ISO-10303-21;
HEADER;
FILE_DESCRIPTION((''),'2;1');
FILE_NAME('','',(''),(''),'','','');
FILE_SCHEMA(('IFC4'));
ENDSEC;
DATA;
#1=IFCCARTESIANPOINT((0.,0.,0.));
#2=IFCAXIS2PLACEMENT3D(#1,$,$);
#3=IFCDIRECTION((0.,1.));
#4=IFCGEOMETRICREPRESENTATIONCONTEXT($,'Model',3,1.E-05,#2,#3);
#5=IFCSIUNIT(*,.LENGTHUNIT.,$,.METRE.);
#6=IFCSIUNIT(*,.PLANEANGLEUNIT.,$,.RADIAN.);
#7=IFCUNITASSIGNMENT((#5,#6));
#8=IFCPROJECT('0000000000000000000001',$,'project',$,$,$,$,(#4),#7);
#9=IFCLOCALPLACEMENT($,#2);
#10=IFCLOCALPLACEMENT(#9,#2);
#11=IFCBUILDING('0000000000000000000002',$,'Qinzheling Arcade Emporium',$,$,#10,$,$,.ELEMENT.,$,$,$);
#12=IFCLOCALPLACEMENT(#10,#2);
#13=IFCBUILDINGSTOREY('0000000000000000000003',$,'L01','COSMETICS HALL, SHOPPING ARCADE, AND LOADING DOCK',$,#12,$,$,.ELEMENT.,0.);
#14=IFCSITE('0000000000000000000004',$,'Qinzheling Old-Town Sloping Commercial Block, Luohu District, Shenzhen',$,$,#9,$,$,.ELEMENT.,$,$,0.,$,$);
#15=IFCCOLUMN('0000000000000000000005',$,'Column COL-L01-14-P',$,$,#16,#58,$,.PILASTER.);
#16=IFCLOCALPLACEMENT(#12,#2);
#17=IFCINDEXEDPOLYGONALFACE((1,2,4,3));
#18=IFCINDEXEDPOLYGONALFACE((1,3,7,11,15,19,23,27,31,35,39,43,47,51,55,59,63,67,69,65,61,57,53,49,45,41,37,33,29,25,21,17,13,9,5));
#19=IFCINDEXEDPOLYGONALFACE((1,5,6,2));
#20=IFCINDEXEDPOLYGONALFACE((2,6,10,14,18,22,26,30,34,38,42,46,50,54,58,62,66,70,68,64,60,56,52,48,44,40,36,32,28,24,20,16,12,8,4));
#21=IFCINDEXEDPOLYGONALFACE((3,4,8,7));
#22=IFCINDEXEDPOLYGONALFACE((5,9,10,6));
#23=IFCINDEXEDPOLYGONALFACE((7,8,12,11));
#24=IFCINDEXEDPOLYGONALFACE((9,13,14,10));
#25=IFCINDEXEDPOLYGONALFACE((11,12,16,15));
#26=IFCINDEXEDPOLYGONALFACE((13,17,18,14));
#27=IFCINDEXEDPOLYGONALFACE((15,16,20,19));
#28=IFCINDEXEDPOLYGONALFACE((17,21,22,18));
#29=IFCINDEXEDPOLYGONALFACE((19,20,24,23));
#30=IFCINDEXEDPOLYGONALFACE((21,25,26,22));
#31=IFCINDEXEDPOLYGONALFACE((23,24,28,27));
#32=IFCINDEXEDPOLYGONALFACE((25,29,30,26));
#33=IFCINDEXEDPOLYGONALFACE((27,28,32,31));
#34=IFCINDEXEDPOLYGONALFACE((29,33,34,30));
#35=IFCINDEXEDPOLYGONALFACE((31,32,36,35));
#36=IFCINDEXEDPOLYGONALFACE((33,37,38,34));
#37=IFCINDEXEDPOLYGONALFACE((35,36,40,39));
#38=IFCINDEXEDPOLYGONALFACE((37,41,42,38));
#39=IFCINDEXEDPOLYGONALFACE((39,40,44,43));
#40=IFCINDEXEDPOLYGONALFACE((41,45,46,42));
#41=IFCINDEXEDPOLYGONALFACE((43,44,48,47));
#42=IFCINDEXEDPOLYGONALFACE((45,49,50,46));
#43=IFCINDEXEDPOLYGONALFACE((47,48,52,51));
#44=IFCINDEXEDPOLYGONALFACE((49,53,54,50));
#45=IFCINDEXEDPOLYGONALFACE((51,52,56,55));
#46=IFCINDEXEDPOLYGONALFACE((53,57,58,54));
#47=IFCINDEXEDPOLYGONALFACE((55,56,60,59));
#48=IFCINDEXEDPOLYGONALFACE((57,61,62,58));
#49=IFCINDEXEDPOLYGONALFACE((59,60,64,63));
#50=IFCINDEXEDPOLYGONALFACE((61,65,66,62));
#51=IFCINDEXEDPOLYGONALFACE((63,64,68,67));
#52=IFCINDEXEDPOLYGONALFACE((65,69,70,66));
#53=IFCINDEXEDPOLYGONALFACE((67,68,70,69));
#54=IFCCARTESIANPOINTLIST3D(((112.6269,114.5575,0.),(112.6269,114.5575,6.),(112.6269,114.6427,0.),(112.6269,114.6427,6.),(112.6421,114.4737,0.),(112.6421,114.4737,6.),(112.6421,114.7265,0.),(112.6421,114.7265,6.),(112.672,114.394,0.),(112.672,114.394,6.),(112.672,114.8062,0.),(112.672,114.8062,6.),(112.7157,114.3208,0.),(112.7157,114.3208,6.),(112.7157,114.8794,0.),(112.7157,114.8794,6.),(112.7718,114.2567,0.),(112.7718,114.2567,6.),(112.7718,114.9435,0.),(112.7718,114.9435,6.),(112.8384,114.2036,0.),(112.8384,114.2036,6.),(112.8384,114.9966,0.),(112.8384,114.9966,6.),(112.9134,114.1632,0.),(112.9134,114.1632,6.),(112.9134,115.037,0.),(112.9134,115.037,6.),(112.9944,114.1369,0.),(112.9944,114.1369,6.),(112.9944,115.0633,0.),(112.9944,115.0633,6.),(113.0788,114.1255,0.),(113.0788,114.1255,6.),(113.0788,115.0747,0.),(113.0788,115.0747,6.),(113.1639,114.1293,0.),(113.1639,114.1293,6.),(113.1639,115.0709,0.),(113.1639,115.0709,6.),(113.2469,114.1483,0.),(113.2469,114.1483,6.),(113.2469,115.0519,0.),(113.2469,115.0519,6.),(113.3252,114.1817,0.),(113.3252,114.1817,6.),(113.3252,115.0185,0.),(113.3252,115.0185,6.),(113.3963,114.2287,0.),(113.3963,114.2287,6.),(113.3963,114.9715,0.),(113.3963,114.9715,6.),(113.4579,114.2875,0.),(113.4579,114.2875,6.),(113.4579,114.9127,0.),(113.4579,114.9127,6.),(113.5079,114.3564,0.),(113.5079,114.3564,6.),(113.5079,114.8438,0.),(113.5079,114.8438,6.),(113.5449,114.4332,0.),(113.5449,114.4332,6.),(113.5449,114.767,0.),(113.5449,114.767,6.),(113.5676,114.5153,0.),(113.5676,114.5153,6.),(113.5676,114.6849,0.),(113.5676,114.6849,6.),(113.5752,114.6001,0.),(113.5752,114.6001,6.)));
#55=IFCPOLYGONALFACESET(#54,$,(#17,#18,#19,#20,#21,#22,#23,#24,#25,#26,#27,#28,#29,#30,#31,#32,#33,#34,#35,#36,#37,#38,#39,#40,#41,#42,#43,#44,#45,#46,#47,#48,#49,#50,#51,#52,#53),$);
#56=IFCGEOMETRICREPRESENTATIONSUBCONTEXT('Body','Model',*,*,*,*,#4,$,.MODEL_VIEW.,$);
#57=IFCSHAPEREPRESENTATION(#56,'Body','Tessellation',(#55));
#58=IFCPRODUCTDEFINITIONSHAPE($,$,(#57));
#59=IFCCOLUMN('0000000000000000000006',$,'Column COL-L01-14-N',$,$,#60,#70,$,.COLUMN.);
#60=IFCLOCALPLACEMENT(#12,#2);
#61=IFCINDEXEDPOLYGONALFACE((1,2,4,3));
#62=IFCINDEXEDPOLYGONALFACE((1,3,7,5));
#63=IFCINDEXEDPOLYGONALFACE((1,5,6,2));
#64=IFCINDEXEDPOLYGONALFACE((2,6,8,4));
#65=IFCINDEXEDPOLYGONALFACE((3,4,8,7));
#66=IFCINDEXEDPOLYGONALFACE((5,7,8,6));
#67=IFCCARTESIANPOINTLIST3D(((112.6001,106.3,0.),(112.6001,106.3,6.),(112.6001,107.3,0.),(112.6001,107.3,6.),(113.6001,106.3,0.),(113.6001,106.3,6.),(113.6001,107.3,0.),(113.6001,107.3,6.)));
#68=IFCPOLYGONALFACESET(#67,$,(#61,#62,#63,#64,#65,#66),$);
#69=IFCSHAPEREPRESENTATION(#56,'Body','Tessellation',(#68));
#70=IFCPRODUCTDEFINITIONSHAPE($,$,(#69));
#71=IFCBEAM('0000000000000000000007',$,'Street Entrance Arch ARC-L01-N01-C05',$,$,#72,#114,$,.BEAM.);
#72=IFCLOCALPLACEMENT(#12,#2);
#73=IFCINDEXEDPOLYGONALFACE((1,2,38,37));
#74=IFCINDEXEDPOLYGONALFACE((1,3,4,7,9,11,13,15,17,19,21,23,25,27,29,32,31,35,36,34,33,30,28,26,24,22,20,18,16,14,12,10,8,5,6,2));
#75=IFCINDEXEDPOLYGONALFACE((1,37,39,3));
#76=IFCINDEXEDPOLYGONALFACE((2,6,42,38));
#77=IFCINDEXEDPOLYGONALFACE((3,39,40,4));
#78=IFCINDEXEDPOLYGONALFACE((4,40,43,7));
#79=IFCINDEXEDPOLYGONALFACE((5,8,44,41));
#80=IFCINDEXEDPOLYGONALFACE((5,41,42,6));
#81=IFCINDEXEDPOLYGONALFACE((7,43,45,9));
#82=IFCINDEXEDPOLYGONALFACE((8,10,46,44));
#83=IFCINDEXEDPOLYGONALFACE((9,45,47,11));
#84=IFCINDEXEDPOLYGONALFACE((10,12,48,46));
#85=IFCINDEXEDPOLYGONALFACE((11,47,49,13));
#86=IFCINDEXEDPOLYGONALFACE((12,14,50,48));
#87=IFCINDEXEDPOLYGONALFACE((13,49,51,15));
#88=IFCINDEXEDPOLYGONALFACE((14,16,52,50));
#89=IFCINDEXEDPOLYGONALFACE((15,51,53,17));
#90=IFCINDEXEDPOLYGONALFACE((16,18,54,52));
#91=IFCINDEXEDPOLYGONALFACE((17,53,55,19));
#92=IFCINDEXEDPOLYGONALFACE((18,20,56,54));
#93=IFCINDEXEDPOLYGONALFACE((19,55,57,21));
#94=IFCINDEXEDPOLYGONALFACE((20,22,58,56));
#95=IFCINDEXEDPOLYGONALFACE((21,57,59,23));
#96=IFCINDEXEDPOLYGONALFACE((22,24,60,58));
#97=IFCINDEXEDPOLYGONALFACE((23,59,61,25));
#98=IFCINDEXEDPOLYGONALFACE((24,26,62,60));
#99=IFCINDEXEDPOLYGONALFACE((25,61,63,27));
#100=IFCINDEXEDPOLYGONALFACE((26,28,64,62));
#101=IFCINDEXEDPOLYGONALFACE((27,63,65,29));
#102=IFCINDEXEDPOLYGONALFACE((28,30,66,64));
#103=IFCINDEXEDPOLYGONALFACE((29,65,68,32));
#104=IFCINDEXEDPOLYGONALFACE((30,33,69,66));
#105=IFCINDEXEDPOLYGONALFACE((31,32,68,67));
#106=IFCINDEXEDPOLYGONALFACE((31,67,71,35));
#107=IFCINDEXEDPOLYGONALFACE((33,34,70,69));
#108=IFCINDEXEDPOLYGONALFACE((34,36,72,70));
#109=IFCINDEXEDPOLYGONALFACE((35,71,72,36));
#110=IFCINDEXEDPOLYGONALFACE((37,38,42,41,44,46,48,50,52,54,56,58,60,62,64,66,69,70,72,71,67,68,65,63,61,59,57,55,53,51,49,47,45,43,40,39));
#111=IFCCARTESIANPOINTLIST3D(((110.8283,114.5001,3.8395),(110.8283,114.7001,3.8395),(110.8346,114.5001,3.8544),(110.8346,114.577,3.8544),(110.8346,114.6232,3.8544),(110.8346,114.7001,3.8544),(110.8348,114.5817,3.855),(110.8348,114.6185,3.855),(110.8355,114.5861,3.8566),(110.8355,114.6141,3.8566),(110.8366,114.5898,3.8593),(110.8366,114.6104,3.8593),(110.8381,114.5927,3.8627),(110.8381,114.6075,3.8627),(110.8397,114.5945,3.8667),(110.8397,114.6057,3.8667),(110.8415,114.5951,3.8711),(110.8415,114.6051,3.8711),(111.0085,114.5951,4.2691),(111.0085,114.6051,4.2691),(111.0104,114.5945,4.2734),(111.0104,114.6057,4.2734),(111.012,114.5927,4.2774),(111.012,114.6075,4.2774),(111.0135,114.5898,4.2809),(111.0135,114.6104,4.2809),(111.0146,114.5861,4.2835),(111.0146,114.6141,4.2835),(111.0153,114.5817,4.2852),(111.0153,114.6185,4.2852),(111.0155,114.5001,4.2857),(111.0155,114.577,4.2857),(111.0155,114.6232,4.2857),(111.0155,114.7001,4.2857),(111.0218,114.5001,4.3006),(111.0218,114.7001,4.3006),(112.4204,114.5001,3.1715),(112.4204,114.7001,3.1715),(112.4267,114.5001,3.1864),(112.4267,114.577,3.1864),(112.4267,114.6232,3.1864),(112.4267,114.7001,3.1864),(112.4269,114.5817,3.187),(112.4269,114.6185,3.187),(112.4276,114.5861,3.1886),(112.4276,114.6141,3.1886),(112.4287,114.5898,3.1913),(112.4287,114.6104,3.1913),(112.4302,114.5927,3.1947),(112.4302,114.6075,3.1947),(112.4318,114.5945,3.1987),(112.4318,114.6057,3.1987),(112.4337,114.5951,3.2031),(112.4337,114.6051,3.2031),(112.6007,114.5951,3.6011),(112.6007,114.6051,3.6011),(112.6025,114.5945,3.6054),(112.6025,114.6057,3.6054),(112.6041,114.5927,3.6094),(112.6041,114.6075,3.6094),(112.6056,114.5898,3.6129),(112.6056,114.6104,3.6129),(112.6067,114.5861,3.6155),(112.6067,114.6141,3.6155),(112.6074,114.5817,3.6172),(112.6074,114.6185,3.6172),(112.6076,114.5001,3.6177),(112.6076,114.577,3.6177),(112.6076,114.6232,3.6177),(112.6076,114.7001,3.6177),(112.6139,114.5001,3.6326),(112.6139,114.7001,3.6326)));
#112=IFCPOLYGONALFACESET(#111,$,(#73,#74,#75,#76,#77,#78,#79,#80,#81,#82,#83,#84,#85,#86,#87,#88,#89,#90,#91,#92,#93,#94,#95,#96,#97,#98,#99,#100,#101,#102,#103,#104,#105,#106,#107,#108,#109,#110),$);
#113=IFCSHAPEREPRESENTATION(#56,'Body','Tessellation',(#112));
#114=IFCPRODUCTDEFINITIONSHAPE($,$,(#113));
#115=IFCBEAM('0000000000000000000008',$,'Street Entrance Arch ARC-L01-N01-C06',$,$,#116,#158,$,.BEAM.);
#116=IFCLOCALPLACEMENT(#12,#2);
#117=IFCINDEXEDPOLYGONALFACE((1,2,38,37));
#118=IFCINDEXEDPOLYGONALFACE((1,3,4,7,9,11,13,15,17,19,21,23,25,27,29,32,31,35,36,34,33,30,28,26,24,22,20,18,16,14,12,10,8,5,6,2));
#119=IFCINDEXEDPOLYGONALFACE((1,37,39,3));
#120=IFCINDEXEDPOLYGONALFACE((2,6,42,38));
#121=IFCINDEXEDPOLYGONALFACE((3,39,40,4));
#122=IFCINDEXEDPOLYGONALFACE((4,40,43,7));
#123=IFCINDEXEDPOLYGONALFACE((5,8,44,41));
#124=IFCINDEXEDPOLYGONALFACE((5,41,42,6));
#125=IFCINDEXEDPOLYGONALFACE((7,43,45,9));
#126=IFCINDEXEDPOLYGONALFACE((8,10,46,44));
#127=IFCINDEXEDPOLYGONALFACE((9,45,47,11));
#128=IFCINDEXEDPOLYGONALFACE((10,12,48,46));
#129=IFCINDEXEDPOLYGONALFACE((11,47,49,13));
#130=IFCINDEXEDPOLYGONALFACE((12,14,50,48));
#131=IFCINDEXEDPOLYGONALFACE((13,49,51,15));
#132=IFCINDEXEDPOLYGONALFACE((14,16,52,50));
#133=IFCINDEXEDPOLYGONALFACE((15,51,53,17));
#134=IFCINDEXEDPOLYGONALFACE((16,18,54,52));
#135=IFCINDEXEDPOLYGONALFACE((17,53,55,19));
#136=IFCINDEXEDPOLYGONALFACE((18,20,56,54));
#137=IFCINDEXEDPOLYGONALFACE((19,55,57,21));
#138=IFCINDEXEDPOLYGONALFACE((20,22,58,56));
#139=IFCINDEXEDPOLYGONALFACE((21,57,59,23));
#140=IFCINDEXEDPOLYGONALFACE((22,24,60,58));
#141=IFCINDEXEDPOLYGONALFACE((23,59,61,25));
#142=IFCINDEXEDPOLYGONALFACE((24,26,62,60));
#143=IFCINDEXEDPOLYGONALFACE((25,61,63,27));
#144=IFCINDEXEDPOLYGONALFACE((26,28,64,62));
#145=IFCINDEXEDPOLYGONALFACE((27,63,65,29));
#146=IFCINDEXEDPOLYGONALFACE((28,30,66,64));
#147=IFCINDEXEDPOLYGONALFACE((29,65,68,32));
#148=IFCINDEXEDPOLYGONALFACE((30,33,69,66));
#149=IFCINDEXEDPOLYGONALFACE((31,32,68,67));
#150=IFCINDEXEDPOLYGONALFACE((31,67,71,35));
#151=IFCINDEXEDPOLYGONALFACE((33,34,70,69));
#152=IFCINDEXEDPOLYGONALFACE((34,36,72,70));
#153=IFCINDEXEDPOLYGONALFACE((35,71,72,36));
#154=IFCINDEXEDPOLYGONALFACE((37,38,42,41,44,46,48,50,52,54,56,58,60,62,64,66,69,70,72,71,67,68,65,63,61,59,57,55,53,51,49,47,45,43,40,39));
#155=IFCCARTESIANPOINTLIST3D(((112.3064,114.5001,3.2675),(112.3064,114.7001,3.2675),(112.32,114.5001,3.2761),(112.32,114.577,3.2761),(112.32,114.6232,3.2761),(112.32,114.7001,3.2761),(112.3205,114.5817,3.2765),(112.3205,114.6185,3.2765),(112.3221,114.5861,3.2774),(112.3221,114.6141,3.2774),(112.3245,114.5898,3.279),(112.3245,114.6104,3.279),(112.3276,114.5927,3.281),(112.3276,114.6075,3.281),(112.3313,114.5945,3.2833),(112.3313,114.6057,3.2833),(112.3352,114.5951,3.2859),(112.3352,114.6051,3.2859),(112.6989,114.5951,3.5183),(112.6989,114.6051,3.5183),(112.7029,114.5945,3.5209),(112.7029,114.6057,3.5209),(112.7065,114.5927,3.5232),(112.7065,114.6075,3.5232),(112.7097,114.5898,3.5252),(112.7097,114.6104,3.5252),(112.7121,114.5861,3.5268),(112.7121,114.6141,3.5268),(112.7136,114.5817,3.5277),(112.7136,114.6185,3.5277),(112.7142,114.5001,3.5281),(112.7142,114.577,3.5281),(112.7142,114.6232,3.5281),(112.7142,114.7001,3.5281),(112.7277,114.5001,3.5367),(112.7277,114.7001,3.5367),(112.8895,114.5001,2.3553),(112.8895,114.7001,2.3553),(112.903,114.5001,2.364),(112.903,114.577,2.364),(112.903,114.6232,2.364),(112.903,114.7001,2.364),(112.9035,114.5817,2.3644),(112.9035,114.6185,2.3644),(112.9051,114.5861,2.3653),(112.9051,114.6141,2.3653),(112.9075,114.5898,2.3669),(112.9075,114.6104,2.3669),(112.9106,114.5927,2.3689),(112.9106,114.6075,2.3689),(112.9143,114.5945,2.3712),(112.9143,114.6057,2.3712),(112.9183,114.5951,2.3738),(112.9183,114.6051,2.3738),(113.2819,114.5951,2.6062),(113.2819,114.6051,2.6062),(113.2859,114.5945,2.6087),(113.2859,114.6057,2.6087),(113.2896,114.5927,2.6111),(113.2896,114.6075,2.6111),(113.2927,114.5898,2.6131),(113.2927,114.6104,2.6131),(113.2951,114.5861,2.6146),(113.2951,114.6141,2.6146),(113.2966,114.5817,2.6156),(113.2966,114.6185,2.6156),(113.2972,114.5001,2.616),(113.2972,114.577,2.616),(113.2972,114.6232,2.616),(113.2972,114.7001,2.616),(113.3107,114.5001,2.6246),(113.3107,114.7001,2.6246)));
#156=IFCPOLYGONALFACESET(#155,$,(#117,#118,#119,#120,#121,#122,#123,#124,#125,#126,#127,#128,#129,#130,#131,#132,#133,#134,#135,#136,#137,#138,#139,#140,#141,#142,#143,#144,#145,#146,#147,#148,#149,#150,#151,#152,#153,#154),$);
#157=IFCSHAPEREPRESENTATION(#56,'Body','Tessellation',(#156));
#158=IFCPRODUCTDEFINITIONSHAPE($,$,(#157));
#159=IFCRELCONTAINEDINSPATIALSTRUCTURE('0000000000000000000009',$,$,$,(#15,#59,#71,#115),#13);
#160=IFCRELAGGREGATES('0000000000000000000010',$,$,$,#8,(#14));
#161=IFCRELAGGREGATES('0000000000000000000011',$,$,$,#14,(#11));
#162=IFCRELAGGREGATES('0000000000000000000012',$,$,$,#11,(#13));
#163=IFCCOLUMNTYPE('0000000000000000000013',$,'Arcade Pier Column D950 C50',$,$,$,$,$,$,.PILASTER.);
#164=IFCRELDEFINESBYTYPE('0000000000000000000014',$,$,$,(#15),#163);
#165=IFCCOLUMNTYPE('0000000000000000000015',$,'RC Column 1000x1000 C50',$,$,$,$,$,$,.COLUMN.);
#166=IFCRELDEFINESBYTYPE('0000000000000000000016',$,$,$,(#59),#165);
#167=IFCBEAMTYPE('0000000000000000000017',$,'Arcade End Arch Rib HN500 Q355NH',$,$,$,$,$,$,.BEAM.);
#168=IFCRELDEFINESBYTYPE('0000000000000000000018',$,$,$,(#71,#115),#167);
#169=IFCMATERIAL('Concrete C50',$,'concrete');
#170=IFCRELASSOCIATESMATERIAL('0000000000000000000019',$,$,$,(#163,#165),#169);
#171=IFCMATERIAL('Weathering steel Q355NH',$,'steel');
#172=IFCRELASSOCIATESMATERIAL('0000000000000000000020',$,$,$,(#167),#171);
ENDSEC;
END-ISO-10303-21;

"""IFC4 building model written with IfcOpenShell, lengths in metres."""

from ifc_helpers import new_model, si_unit, direction, frame, origin, origin_2d, place, context, subcontext, project, spatial, rectangle, circle, i_section, extrude, material, material_profile, profile_set, type_object, element, save


model = new_model("IFC4")

# Units and contexts
model_context = context("Model", 3, precision=1e-05, world=origin(), true_north=direction((0.0, 1.0)))
body_context = subcontext(model_context, "Body", "Model", "MODEL_VIEW")
ifc_project = project(units=[si_unit("LENGTHUNIT", "METRE"), si_unit("PLANEANGLEUNIT", "RADIAN")], contexts=[model_context])

# Site, building, storey
site_placement = place(None, origin())
site = spatial("IfcSite", under=ifc_project, at=site_placement, Name="Qinzheling Old-Town Sloping Commercial Block, Luohu District, Shenzhen", CompositionType="ELEMENT", RefElevation=0.0)
building_placement = place(site_placement, origin())
building = spatial("IfcBuilding", under=site, at=building_placement, Name="Qinzheling Arcade Emporium", CompositionType="ELEMENT")
storey_placement = place(building_placement, origin())
storey = spatial("IfcBuildingStorey", under=building, at=storey_placement, Name="L01", Description="COSMETICS HALL, SHOPPING ARCADE, AND LOADING DOCK", CompositionType="ELEMENT", Elevation=0.0)

# Columns
ifc_material_1 = material(Name="Concrete C50", Category="concrete")
ifc_material_profile_1 = material_profile(ifc_material_1, circle(Radius=0.4751, at=origin_2d()), Name="RC D950", Category="concrete")
ifc_profile_set_1 = profile_set([ifc_material_profile_1], Name="Concrete C50")
column_type_1 = type_object("IfcColumnType", Name="Arcade Pier Column D950 C50", PredefinedType="PILASTER", material=ifc_profile_set_1)
column_1_placement = place(storey_placement, frame((113.1001, 114.6001, 0.0), z_axis=(0.0, 0.0, 1.0), x_axis=(1.0, 0.0, 0.0)))
element("IfcColumn", 1, at=column_1_placement, inside=storey, type_object=column_type_1, Name="Column COL-L01-14-P", PredefinedType="PILASTER", context=body_context, shape_type="SweptSolid", body=[
    extrude(circle(Radius=0.4751, at=origin_2d()), origin(), (0.0, 0.0, 1.0), 6.0),
])
ifc_material_profile_2 = material_profile(ifc_material_1, rectangle(XDim=1.0, YDim=1.0, at=origin_2d()), Name="RC 1000x1000", Category="concrete")
ifc_profile_set_2 = profile_set([ifc_material_profile_2], Name="Concrete C50")
column_type_2 = type_object("IfcColumnType", Name="RC Column 1000x1000 C50", PredefinedType="COLUMN", material=ifc_profile_set_2)
column_2_placement = place(storey_placement, frame((113.1001, 106.8, 0.0), z_axis=(0.0, 0.0, 1.0), x_axis=(1.0, 0.0, 0.0)))
element("IfcColumn", 2, at=column_2_placement, inside=storey, type_object=column_type_2, Name="Column COL-L01-14-N", PredefinedType="COLUMN", context=body_context, shape_type="SweptSolid", body=[
    extrude(rectangle(XDim=1.0, YDim=1.0, at=origin_2d()), origin(), (0.0, 0.0, 1.0), 6.0),
])

# Beams
ifc_material_2 = material(Name="Weathering steel Q355NH", Category="steel")
ifc_material_profile_3 = material_profile(ifc_material_2, i_section(OverallWidth=0.2, OverallDepth=0.5, WebThickness=0.01, FlangeThickness=0.0161, FilletRadius=0.0181, at=origin_2d()), Name="HN 500x200x10x16", Category="steel")
ifc_profile_set_3 = profile_set([ifc_material_profile_3], Name="Weathering steel Q355NH")
beam_type_1 = type_object("IfcBeamType", Name="Arcade End Arch Rib HN500 Q355NH", PredefinedType="BEAM", material=ifc_profile_set_3)
beam_1_placement = place(storey_placement, frame((110.925, 114.6001, 4.0701), z_axis=(0.922124, 0.0, -0.386893), x_axis=(0.0, 1.0, 0.0)))
element("IfcBeam", 3, at=beam_1_placement, inside=storey, type_object=beam_type_1, Name="Street Entrance Arch ARC-L01-N01-C05", PredefinedType="BEAM", context=body_context, shape_type="SweptSolid", body=[
    extrude(i_section(OverallWidth=0.2, OverallDepth=0.5, WebThickness=0.01, FlangeThickness=0.0161, FilletRadius=0.0181, at=origin_2d()), origin(), (0.0, 0.0, 1.0), 1.7266),
])
for number, where, z_axis, x_axis, name in (
    (4, (112.5171, 114.6001, 3.4021), (0.538567, 0.0, -0.842583), (0.0, 1.0, 0.0), "Street Entrance Arch ARC-L01-N01-C06"),
):
    element("IfcBeam", number, at=place(storey_placement, frame(where, z_axis=z_axis, x_axis=x_axis)), inside=storey, type_object=beam_type_1, Name=name, PredefinedType="BEAM", context=body_context, shape_type="SweptSolid", body=[
        extrude(i_section(OverallWidth=0.2, OverallDepth=0.5, WebThickness=0.01, FlangeThickness=0.0161, FilletRadius=0.0181, at=origin_2d()), origin(), (0.0, 0.0, 1.0), 1.0825),
    ])

save(model, "model.ifc")
